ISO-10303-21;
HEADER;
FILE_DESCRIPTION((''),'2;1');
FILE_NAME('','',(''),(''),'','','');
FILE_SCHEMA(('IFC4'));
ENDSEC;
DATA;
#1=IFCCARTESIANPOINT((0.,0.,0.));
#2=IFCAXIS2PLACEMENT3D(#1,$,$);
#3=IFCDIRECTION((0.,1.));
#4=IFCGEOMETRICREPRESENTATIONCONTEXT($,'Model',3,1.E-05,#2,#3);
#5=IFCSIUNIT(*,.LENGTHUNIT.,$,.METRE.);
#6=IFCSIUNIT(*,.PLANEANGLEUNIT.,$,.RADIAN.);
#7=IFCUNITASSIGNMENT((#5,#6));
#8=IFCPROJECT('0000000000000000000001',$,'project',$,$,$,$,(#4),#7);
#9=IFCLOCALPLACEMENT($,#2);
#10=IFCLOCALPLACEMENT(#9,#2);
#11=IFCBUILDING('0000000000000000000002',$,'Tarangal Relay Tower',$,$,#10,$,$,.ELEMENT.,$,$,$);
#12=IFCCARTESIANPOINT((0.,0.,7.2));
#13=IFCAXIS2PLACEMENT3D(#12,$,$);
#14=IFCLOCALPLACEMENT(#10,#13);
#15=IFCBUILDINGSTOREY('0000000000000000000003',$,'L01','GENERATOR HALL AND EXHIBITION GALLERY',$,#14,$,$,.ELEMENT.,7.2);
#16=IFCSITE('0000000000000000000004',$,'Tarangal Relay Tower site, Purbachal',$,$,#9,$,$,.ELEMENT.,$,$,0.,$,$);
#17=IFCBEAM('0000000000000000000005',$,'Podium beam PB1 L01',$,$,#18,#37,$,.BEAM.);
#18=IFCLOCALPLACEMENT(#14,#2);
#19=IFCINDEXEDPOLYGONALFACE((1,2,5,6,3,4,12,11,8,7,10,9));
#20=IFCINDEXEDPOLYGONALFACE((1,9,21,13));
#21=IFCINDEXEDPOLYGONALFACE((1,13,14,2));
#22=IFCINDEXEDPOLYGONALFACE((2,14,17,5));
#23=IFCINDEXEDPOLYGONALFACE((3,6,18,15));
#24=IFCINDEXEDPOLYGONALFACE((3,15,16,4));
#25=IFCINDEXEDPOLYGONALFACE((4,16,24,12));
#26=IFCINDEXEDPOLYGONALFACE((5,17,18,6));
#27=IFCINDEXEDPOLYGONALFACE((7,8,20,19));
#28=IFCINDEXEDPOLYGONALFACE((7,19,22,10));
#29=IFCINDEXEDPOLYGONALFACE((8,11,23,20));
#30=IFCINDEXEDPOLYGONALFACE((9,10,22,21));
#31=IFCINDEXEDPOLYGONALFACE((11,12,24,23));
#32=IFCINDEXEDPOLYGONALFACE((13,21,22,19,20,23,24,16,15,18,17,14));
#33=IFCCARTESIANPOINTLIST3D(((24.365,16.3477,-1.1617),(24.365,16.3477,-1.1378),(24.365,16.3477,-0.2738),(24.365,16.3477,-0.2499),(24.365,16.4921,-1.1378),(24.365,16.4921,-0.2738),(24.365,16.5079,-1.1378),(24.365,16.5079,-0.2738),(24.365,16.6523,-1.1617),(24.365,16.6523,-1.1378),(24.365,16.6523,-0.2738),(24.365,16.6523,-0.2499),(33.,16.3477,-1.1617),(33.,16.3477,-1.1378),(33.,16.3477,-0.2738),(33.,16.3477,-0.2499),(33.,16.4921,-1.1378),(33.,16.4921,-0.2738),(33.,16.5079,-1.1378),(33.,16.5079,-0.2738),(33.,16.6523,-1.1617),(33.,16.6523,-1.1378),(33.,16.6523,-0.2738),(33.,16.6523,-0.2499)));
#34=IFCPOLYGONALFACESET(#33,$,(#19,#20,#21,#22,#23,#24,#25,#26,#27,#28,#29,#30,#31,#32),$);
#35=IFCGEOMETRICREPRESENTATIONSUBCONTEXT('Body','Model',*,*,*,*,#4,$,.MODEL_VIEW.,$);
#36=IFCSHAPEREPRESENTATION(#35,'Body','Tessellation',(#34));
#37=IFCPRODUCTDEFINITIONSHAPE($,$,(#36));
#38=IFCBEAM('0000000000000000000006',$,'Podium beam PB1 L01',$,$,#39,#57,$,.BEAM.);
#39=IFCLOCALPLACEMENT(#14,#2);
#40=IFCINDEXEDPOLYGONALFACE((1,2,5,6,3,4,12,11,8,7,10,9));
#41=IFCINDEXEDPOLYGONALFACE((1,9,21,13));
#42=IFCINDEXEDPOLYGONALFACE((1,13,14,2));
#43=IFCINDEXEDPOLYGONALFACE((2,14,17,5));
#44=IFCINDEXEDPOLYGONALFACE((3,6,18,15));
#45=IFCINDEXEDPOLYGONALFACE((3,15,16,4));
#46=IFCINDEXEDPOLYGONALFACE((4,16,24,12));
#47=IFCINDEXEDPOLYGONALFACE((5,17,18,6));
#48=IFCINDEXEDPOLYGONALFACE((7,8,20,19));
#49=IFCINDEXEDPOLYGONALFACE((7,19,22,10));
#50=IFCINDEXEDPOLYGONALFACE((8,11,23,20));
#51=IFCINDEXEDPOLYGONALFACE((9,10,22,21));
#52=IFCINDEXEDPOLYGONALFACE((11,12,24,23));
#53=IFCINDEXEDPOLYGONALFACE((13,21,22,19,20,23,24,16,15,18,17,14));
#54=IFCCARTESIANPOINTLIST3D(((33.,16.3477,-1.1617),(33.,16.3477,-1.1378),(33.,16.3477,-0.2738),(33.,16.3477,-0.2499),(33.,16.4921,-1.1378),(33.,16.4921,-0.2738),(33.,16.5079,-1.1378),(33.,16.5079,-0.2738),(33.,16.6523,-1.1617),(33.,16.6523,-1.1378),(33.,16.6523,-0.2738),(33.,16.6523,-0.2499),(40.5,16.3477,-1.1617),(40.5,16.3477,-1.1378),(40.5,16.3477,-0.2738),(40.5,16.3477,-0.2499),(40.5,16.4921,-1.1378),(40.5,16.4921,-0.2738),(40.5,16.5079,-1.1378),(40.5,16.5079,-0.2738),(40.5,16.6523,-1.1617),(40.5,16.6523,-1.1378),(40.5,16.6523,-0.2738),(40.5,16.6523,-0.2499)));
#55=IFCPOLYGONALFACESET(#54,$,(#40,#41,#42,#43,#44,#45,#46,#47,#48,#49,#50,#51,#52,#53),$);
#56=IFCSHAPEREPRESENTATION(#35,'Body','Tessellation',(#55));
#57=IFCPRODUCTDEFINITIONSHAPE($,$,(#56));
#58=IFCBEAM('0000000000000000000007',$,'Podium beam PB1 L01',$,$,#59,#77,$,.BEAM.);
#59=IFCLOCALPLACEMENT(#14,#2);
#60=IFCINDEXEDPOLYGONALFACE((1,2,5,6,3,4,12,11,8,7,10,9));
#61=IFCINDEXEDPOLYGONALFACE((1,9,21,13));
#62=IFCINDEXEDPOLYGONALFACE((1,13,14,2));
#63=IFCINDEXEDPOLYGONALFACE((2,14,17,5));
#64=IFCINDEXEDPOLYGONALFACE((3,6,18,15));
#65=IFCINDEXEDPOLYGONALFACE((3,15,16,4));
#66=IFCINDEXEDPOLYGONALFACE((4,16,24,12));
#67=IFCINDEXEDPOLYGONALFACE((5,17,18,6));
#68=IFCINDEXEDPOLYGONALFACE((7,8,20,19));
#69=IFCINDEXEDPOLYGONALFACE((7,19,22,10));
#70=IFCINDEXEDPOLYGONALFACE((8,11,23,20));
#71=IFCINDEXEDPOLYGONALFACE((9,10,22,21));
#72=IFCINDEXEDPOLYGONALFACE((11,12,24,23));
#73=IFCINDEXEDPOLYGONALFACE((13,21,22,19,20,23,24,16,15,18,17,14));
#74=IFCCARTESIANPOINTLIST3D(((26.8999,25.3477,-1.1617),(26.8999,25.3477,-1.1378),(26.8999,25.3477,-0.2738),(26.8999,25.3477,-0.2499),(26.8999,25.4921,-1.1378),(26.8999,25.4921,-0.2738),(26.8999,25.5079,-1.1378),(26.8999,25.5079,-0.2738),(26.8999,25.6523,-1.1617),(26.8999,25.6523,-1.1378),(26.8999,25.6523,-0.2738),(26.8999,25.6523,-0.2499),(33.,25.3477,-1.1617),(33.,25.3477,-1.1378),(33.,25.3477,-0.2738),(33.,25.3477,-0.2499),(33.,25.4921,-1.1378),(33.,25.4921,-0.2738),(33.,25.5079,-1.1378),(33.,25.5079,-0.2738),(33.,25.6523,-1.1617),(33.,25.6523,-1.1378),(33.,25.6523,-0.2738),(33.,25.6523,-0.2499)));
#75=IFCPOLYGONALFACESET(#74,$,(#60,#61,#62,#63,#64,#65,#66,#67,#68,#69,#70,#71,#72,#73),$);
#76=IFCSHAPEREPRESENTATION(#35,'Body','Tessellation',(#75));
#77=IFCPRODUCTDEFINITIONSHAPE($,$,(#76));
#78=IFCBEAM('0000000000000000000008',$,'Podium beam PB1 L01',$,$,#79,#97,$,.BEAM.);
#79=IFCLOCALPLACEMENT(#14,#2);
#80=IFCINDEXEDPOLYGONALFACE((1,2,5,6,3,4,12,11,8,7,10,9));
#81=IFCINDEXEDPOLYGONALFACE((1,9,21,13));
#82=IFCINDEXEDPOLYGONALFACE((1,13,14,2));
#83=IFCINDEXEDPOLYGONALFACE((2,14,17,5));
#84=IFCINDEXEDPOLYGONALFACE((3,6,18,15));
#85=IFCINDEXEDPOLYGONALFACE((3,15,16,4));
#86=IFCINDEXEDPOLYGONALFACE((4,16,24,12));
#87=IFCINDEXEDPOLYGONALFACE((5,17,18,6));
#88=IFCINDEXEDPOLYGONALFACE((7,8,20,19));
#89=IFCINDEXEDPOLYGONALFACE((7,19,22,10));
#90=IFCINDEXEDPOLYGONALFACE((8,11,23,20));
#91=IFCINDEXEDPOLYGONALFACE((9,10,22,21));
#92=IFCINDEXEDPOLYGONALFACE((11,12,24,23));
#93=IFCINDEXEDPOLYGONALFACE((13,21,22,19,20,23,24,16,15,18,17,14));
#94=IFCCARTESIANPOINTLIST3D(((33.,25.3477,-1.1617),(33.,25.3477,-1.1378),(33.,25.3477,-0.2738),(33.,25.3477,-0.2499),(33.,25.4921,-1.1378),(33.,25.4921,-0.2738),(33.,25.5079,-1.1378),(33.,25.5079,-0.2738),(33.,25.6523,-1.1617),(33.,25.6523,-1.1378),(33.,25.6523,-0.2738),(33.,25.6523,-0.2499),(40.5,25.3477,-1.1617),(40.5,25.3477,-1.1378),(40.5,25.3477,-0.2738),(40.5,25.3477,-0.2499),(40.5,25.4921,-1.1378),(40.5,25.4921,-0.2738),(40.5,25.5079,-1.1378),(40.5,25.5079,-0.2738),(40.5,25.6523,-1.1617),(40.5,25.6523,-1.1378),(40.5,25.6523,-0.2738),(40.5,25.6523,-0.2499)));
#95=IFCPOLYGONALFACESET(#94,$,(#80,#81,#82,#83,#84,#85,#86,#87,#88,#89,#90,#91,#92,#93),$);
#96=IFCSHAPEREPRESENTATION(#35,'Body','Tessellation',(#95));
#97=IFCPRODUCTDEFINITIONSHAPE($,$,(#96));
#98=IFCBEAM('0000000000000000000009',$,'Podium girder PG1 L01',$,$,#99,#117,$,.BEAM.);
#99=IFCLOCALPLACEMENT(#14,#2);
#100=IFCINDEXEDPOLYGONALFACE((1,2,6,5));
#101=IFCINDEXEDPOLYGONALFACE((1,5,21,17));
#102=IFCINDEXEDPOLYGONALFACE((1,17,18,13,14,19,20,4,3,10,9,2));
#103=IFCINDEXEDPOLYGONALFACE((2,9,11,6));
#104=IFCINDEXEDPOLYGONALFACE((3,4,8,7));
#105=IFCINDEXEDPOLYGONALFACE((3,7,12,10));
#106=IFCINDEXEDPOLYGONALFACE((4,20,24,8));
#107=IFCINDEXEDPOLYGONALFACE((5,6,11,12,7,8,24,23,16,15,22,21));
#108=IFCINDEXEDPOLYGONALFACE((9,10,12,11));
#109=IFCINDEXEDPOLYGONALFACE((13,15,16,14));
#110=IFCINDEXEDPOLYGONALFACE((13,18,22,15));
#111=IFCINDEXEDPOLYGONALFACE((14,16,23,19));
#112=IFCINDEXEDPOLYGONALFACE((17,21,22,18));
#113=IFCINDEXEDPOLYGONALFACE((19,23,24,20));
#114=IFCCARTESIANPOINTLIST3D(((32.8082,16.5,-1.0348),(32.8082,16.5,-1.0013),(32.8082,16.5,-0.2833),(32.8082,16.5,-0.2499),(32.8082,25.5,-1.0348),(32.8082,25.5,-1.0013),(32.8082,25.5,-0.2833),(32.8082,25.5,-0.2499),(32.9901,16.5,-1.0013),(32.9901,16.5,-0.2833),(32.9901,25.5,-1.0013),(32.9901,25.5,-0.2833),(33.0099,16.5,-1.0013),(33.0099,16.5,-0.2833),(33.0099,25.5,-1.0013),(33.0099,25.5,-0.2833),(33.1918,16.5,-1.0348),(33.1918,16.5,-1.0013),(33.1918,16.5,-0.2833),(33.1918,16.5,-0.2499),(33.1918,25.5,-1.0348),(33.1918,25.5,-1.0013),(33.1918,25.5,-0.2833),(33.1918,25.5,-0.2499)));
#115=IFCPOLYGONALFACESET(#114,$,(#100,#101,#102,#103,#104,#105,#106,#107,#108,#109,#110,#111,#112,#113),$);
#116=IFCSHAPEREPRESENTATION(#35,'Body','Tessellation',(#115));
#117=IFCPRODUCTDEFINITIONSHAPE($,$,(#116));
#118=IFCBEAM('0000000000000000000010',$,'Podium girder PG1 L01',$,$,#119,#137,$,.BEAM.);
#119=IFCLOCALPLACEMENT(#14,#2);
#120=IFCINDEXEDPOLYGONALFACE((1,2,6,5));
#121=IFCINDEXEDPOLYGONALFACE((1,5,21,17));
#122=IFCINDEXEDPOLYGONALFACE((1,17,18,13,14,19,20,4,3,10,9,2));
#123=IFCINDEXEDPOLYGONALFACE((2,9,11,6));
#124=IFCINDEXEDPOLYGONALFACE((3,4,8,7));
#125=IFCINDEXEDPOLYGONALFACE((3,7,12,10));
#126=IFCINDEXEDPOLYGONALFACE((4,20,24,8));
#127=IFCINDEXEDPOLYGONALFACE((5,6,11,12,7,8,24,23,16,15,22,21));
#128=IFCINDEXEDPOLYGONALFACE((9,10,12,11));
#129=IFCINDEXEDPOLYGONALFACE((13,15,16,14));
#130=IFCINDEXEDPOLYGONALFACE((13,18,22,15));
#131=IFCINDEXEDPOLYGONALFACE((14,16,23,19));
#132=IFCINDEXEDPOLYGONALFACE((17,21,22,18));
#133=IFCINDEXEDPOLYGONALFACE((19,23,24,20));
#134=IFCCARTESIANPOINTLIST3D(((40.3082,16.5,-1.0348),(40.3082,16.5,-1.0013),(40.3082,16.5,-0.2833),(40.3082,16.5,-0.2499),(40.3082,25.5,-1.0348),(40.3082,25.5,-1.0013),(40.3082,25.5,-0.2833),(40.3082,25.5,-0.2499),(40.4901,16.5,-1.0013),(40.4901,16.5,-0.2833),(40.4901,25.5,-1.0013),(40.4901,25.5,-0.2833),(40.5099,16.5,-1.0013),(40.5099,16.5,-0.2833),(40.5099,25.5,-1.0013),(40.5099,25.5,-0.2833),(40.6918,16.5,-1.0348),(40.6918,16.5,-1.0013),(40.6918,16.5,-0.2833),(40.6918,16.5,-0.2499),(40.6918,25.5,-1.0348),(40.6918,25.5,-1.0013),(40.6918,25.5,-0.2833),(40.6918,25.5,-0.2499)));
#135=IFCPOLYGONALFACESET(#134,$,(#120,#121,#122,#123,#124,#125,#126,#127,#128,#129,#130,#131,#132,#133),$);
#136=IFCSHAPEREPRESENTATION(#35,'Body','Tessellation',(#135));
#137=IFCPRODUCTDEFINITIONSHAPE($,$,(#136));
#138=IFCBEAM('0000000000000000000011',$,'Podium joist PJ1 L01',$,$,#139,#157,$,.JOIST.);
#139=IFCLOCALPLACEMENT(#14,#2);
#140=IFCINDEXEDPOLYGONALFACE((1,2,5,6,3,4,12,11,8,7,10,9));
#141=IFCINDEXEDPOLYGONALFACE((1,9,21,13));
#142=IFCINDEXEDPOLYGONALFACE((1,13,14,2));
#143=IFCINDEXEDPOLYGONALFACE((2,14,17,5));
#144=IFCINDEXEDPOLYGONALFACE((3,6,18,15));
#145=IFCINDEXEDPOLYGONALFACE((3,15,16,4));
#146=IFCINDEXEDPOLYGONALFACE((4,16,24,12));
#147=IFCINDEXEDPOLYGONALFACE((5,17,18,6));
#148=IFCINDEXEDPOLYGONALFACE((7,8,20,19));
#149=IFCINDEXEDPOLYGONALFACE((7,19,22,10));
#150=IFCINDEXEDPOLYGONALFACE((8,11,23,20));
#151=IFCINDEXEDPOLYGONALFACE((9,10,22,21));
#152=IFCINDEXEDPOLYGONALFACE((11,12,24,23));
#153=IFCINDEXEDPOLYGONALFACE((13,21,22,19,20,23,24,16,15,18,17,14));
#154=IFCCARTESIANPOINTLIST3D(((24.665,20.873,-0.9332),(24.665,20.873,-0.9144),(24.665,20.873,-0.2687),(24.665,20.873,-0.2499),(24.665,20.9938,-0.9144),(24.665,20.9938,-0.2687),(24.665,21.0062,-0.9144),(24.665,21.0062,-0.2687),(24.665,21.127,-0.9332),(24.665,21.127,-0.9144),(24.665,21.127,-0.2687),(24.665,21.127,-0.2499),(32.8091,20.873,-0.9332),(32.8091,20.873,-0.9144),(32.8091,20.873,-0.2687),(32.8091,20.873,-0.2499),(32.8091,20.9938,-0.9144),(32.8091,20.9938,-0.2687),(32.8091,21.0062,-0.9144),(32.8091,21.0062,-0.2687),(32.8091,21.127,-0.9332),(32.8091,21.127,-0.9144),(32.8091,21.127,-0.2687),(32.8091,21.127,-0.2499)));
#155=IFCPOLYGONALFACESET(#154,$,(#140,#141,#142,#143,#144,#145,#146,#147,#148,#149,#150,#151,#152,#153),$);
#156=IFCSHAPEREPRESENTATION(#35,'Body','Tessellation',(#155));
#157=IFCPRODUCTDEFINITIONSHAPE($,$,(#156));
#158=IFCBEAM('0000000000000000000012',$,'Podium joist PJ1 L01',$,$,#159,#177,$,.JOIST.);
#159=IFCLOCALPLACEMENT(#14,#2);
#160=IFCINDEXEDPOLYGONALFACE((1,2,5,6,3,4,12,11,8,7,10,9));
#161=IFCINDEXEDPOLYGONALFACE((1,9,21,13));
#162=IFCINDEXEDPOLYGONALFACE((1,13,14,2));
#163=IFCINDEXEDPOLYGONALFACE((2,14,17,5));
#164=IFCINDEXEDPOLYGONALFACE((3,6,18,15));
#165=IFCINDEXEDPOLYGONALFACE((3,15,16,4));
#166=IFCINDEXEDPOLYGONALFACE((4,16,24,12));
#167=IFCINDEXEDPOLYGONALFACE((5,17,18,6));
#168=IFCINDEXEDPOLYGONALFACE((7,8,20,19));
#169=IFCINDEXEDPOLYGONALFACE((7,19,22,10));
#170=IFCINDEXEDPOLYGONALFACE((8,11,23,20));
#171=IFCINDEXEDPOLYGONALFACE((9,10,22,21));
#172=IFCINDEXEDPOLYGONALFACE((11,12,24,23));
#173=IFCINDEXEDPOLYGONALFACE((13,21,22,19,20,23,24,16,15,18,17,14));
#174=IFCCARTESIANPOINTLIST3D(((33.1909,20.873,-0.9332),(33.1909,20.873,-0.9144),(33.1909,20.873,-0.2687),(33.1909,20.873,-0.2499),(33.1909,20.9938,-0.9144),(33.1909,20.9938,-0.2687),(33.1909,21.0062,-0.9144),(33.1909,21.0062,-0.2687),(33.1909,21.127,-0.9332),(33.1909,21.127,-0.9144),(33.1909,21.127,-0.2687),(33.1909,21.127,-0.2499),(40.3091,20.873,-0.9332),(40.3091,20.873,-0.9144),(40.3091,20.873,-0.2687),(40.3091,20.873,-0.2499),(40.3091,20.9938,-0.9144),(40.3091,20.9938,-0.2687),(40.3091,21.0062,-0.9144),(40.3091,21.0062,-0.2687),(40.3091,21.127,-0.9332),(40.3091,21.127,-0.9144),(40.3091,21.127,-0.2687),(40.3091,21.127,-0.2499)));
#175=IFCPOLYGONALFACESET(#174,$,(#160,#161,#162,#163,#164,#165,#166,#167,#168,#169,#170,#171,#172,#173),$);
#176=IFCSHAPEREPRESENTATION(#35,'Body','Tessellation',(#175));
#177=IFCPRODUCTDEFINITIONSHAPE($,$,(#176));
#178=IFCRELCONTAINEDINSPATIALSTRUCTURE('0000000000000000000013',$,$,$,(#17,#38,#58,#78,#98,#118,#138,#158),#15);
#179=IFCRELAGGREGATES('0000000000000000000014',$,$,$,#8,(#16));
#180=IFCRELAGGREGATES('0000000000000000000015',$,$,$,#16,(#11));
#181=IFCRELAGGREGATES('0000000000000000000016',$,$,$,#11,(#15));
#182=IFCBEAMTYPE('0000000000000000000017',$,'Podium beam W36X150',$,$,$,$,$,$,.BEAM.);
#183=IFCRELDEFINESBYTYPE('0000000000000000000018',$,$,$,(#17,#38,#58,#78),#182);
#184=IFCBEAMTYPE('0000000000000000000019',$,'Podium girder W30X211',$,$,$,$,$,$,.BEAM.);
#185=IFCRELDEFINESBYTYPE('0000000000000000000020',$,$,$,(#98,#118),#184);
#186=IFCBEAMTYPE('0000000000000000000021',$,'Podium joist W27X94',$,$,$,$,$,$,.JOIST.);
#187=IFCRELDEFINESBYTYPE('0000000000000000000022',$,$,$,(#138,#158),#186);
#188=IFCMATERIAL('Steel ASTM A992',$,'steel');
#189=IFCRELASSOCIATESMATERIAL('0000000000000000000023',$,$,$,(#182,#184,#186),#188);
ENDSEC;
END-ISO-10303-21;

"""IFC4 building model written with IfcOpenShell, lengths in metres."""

from ifc_helpers import new_model, si_unit, direction, frame, origin, origin_2d, place, context, subcontext, project, spatial, i_section, extrude, material, material_profile, profile_set, type_object, element, save


model = new_model("IFC4")

# Units and contexts
model_context = context("Model", 3, precision=1e-05, world=origin(), true_north=direction((0.0, 1.0)))
body_context = subcontext(model_context, "Body", "Model", "MODEL_VIEW")
ifc_project = project(units=[si_unit("LENGTHUNIT", "METRE"), si_unit("PLANEANGLEUNIT", "RADIAN")], contexts=[model_context])

# Site, building, storey
site_placement = place(None, origin())
site = spatial("IfcSite", under=ifc_project, at=site_placement, Name="Tarangal Relay Tower site, Purbachal", CompositionType="ELEMENT", RefElevation=0.0)
building_placement = place(site_placement, origin())
building = spatial("IfcBuilding", under=site, at=building_placement, Name="Tarangal Relay Tower", CompositionType="ELEMENT")
storey_placement = place(building_placement, frame((0.0, 0.0, 7.2)))
storey = spatial("IfcBuildingStorey", under=building, at=storey_placement, Name="L01", Description="GENERATOR HALL AND EXHIBITION GALLERY", CompositionType="ELEMENT", Elevation=7.2)

# Shared definitions
ifc_material_1 = material(Name="Steel ASTM A992", Category="steel")

# Beams
ifc_material_profile_1 = material_profile(ifc_material_1, i_section(OverallWidth=0.3047, OverallDepth=0.9119, WebThickness=0.0159, FlangeThickness=0.0239, at=origin_2d()), Name="W36X150")
ifc_profile_set_1 = profile_set([ifc_material_profile_1], Name="Steel ASTM A992")
beam_type_1 = type_object("IfcBeamType", Name="Podium beam W36X150", PredefinedType="BEAM", material=ifc_profile_set_1)
beam_1_placement = place(storey_placement, frame((24.365, 16.5, -0.7058), z_axis=(1.0, 0.0, 0.0), x_axis=(0.0, 1.0, 0.0)))
element("IfcBeam", 1, at=beam_1_placement, inside=storey, type_object=beam_type_1, Name="Podium beam PB1 L01", PredefinedType="BEAM", context=body_context, shape_type="SweptSolid", body=[
    extrude(i_section(OverallWidth=0.3047, OverallDepth=0.9119, WebThickness=0.0159, FlangeThickness=0.0239, at=origin_2d()), origin(), (0.0, 0.0, 1.0), 8.635),
])
beam_2_placement = place(storey_placement, frame((33.0, 16.5, -0.7058), z_axis=(1.0, 0.0, 0.0), x_axis=(0.0, 1.0, 0.0)))
element("IfcBeam", 2, at=beam_2_placement, inside=storey, type_object=beam_type_1, Name="Podium beam PB1 L01", PredefinedType="BEAM", context=body_context, shape_type="SweptSolid", body=[
    extrude(i_section(OverallWidth=0.3047, OverallDepth=0.9119, WebThickness=0.0159, FlangeThickness=0.0239, at=origin_2d()), origin(), (0.0, 0.0, 1.0), 7.5),
])
beam_3_placement = place(storey_placement, frame((26.8999, 25.5, -0.7058), z_axis=(1.0, 0.0, 0.0), x_axis=(0.0, 1.0, 0.0)))
element("IfcBeam", 3, at=beam_3_placement, inside=storey, type_object=beam_type_1, Name="Podium beam PB1 L01", PredefinedType="BEAM", context=body_context, shape_type="SweptSolid", body=[
    extrude(i_section(OverallWidth=0.3047, OverallDepth=0.9119, WebThickness=0.0159, FlangeThickness=0.0239, at=origin_2d()), origin(), (0.0, 0.0, 1.0), 6.1001),
])
beam_4_placement = place(storey_placement, frame((33.0, 25.5, -0.7058), z_axis=(1.0, 0.0, 0.0), x_axis=(0.0, 1.0, 0.0)))
element("IfcBeam", 4, at=beam_4_placement, inside=storey, type_object=beam_type_1, Name="Podium beam PB1 L01", PredefinedType="BEAM", context=body_context, shape_type="SweptSolid", body=[
    extrude(i_section(OverallWidth=0.3047, OverallDepth=0.9119, WebThickness=0.0159, FlangeThickness=0.0239, at=origin_2d()), origin(), (0.0, 0.0, 1.0), 7.5),
])
ifc_material_profile_2 = material_profile(ifc_material_1, i_section(OverallWidth=0.3835, OverallDepth=0.7849, WebThickness=0.0198, FlangeThickness=0.0334, at=origin_2d()), Name="W30X211")
ifc_profile_set_2 = profile_set([ifc_material_profile_2], Name="Steel ASTM A992")
beam_type_2 = type_object("IfcBeamType", Name="Podium girder W30X211", PredefinedType="BEAM", material=ifc_profile_set_2)
for number, where, z_axis, x_axis, name in (
    (5, (33.0, 16.5, -0.6423), (0.0, 1.0, 0.0), (-1.0, 0.0, 0.0), "Podium girder PG1 L01"),
    (6, (40.5, 16.5, -0.6423), (0.0, 1.0, 0.0), (-1.0, 0.0, 0.0), "Podium girder PG1 L01"),
):
    element("IfcBeam", number, at=place(storey_placement, frame(where, z_axis=z_axis, x_axis=x_axis)), inside=storey, type_object=beam_type_2, Name=name, PredefinedType="BEAM", context=body_context, shape_type="SweptSolid", body=[
        extrude(i_section(OverallWidth=0.3835, OverallDepth=0.7849, WebThickness=0.0198, FlangeThickness=0.0334, at=origin_2d()), origin(), (0.0, 0.0, 1.0), 9.0),
    ])
ifc_material_profile_3 = material_profile(ifc_material_1, i_section(OverallWidth=0.2539, OverallDepth=0.6833, WebThickness=0.0125, FlangeThickness=0.0188, at=origin_2d()), Name="W27X94")
ifc_profile_set_3 = profile_set([ifc_material_profile_3], Name="Steel ASTM A992")
beam_type_3 = type_object("IfcBeamType", Name="Podium joist W27X94", PredefinedType="JOIST", material=ifc_profile_set_3)
beam_5_placement = place(storey_placement, frame((24.665, 21.0, -0.5916), z_axis=(1.0, 0.0, 0.0), x_axis=(0.0, 1.0, 0.0)))
element("IfcBeam", 7, at=beam_5_placement, inside=storey, type_object=beam_type_3, Name="Podium joist PJ1 L01", PredefinedType="JOIST", context=body_context, shape_type="SweptSolid", body=[
    extrude(i_section(OverallWidth=0.2539, OverallDepth=0.6833, WebThickness=0.0125, FlangeThickness=0.0188, at=origin_2d()), origin(), (0.0, 0.0, 1.0), 8.144),
])
beam_6_placement = place(storey_placement, frame((33.1909, 21.0, -0.5916), z_axis=(1.0, 0.0, 0.0), x_axis=(0.0, 1.0, 0.0)))
element("IfcBeam", 8, at=beam_6_placement, inside=storey, type_object=beam_type_3, Name="Podium joist PJ1 L01", PredefinedType="JOIST", context=body_context, shape_type="SweptSolid", body=[
    extrude(i_section(OverallWidth=0.2539, OverallDepth=0.6833, WebThickness=0.0125, FlangeThickness=0.0188, at=origin_2d()), origin(), (0.0, 0.0, 1.0), 7.1182),
])

save(model, "model.ifc")
